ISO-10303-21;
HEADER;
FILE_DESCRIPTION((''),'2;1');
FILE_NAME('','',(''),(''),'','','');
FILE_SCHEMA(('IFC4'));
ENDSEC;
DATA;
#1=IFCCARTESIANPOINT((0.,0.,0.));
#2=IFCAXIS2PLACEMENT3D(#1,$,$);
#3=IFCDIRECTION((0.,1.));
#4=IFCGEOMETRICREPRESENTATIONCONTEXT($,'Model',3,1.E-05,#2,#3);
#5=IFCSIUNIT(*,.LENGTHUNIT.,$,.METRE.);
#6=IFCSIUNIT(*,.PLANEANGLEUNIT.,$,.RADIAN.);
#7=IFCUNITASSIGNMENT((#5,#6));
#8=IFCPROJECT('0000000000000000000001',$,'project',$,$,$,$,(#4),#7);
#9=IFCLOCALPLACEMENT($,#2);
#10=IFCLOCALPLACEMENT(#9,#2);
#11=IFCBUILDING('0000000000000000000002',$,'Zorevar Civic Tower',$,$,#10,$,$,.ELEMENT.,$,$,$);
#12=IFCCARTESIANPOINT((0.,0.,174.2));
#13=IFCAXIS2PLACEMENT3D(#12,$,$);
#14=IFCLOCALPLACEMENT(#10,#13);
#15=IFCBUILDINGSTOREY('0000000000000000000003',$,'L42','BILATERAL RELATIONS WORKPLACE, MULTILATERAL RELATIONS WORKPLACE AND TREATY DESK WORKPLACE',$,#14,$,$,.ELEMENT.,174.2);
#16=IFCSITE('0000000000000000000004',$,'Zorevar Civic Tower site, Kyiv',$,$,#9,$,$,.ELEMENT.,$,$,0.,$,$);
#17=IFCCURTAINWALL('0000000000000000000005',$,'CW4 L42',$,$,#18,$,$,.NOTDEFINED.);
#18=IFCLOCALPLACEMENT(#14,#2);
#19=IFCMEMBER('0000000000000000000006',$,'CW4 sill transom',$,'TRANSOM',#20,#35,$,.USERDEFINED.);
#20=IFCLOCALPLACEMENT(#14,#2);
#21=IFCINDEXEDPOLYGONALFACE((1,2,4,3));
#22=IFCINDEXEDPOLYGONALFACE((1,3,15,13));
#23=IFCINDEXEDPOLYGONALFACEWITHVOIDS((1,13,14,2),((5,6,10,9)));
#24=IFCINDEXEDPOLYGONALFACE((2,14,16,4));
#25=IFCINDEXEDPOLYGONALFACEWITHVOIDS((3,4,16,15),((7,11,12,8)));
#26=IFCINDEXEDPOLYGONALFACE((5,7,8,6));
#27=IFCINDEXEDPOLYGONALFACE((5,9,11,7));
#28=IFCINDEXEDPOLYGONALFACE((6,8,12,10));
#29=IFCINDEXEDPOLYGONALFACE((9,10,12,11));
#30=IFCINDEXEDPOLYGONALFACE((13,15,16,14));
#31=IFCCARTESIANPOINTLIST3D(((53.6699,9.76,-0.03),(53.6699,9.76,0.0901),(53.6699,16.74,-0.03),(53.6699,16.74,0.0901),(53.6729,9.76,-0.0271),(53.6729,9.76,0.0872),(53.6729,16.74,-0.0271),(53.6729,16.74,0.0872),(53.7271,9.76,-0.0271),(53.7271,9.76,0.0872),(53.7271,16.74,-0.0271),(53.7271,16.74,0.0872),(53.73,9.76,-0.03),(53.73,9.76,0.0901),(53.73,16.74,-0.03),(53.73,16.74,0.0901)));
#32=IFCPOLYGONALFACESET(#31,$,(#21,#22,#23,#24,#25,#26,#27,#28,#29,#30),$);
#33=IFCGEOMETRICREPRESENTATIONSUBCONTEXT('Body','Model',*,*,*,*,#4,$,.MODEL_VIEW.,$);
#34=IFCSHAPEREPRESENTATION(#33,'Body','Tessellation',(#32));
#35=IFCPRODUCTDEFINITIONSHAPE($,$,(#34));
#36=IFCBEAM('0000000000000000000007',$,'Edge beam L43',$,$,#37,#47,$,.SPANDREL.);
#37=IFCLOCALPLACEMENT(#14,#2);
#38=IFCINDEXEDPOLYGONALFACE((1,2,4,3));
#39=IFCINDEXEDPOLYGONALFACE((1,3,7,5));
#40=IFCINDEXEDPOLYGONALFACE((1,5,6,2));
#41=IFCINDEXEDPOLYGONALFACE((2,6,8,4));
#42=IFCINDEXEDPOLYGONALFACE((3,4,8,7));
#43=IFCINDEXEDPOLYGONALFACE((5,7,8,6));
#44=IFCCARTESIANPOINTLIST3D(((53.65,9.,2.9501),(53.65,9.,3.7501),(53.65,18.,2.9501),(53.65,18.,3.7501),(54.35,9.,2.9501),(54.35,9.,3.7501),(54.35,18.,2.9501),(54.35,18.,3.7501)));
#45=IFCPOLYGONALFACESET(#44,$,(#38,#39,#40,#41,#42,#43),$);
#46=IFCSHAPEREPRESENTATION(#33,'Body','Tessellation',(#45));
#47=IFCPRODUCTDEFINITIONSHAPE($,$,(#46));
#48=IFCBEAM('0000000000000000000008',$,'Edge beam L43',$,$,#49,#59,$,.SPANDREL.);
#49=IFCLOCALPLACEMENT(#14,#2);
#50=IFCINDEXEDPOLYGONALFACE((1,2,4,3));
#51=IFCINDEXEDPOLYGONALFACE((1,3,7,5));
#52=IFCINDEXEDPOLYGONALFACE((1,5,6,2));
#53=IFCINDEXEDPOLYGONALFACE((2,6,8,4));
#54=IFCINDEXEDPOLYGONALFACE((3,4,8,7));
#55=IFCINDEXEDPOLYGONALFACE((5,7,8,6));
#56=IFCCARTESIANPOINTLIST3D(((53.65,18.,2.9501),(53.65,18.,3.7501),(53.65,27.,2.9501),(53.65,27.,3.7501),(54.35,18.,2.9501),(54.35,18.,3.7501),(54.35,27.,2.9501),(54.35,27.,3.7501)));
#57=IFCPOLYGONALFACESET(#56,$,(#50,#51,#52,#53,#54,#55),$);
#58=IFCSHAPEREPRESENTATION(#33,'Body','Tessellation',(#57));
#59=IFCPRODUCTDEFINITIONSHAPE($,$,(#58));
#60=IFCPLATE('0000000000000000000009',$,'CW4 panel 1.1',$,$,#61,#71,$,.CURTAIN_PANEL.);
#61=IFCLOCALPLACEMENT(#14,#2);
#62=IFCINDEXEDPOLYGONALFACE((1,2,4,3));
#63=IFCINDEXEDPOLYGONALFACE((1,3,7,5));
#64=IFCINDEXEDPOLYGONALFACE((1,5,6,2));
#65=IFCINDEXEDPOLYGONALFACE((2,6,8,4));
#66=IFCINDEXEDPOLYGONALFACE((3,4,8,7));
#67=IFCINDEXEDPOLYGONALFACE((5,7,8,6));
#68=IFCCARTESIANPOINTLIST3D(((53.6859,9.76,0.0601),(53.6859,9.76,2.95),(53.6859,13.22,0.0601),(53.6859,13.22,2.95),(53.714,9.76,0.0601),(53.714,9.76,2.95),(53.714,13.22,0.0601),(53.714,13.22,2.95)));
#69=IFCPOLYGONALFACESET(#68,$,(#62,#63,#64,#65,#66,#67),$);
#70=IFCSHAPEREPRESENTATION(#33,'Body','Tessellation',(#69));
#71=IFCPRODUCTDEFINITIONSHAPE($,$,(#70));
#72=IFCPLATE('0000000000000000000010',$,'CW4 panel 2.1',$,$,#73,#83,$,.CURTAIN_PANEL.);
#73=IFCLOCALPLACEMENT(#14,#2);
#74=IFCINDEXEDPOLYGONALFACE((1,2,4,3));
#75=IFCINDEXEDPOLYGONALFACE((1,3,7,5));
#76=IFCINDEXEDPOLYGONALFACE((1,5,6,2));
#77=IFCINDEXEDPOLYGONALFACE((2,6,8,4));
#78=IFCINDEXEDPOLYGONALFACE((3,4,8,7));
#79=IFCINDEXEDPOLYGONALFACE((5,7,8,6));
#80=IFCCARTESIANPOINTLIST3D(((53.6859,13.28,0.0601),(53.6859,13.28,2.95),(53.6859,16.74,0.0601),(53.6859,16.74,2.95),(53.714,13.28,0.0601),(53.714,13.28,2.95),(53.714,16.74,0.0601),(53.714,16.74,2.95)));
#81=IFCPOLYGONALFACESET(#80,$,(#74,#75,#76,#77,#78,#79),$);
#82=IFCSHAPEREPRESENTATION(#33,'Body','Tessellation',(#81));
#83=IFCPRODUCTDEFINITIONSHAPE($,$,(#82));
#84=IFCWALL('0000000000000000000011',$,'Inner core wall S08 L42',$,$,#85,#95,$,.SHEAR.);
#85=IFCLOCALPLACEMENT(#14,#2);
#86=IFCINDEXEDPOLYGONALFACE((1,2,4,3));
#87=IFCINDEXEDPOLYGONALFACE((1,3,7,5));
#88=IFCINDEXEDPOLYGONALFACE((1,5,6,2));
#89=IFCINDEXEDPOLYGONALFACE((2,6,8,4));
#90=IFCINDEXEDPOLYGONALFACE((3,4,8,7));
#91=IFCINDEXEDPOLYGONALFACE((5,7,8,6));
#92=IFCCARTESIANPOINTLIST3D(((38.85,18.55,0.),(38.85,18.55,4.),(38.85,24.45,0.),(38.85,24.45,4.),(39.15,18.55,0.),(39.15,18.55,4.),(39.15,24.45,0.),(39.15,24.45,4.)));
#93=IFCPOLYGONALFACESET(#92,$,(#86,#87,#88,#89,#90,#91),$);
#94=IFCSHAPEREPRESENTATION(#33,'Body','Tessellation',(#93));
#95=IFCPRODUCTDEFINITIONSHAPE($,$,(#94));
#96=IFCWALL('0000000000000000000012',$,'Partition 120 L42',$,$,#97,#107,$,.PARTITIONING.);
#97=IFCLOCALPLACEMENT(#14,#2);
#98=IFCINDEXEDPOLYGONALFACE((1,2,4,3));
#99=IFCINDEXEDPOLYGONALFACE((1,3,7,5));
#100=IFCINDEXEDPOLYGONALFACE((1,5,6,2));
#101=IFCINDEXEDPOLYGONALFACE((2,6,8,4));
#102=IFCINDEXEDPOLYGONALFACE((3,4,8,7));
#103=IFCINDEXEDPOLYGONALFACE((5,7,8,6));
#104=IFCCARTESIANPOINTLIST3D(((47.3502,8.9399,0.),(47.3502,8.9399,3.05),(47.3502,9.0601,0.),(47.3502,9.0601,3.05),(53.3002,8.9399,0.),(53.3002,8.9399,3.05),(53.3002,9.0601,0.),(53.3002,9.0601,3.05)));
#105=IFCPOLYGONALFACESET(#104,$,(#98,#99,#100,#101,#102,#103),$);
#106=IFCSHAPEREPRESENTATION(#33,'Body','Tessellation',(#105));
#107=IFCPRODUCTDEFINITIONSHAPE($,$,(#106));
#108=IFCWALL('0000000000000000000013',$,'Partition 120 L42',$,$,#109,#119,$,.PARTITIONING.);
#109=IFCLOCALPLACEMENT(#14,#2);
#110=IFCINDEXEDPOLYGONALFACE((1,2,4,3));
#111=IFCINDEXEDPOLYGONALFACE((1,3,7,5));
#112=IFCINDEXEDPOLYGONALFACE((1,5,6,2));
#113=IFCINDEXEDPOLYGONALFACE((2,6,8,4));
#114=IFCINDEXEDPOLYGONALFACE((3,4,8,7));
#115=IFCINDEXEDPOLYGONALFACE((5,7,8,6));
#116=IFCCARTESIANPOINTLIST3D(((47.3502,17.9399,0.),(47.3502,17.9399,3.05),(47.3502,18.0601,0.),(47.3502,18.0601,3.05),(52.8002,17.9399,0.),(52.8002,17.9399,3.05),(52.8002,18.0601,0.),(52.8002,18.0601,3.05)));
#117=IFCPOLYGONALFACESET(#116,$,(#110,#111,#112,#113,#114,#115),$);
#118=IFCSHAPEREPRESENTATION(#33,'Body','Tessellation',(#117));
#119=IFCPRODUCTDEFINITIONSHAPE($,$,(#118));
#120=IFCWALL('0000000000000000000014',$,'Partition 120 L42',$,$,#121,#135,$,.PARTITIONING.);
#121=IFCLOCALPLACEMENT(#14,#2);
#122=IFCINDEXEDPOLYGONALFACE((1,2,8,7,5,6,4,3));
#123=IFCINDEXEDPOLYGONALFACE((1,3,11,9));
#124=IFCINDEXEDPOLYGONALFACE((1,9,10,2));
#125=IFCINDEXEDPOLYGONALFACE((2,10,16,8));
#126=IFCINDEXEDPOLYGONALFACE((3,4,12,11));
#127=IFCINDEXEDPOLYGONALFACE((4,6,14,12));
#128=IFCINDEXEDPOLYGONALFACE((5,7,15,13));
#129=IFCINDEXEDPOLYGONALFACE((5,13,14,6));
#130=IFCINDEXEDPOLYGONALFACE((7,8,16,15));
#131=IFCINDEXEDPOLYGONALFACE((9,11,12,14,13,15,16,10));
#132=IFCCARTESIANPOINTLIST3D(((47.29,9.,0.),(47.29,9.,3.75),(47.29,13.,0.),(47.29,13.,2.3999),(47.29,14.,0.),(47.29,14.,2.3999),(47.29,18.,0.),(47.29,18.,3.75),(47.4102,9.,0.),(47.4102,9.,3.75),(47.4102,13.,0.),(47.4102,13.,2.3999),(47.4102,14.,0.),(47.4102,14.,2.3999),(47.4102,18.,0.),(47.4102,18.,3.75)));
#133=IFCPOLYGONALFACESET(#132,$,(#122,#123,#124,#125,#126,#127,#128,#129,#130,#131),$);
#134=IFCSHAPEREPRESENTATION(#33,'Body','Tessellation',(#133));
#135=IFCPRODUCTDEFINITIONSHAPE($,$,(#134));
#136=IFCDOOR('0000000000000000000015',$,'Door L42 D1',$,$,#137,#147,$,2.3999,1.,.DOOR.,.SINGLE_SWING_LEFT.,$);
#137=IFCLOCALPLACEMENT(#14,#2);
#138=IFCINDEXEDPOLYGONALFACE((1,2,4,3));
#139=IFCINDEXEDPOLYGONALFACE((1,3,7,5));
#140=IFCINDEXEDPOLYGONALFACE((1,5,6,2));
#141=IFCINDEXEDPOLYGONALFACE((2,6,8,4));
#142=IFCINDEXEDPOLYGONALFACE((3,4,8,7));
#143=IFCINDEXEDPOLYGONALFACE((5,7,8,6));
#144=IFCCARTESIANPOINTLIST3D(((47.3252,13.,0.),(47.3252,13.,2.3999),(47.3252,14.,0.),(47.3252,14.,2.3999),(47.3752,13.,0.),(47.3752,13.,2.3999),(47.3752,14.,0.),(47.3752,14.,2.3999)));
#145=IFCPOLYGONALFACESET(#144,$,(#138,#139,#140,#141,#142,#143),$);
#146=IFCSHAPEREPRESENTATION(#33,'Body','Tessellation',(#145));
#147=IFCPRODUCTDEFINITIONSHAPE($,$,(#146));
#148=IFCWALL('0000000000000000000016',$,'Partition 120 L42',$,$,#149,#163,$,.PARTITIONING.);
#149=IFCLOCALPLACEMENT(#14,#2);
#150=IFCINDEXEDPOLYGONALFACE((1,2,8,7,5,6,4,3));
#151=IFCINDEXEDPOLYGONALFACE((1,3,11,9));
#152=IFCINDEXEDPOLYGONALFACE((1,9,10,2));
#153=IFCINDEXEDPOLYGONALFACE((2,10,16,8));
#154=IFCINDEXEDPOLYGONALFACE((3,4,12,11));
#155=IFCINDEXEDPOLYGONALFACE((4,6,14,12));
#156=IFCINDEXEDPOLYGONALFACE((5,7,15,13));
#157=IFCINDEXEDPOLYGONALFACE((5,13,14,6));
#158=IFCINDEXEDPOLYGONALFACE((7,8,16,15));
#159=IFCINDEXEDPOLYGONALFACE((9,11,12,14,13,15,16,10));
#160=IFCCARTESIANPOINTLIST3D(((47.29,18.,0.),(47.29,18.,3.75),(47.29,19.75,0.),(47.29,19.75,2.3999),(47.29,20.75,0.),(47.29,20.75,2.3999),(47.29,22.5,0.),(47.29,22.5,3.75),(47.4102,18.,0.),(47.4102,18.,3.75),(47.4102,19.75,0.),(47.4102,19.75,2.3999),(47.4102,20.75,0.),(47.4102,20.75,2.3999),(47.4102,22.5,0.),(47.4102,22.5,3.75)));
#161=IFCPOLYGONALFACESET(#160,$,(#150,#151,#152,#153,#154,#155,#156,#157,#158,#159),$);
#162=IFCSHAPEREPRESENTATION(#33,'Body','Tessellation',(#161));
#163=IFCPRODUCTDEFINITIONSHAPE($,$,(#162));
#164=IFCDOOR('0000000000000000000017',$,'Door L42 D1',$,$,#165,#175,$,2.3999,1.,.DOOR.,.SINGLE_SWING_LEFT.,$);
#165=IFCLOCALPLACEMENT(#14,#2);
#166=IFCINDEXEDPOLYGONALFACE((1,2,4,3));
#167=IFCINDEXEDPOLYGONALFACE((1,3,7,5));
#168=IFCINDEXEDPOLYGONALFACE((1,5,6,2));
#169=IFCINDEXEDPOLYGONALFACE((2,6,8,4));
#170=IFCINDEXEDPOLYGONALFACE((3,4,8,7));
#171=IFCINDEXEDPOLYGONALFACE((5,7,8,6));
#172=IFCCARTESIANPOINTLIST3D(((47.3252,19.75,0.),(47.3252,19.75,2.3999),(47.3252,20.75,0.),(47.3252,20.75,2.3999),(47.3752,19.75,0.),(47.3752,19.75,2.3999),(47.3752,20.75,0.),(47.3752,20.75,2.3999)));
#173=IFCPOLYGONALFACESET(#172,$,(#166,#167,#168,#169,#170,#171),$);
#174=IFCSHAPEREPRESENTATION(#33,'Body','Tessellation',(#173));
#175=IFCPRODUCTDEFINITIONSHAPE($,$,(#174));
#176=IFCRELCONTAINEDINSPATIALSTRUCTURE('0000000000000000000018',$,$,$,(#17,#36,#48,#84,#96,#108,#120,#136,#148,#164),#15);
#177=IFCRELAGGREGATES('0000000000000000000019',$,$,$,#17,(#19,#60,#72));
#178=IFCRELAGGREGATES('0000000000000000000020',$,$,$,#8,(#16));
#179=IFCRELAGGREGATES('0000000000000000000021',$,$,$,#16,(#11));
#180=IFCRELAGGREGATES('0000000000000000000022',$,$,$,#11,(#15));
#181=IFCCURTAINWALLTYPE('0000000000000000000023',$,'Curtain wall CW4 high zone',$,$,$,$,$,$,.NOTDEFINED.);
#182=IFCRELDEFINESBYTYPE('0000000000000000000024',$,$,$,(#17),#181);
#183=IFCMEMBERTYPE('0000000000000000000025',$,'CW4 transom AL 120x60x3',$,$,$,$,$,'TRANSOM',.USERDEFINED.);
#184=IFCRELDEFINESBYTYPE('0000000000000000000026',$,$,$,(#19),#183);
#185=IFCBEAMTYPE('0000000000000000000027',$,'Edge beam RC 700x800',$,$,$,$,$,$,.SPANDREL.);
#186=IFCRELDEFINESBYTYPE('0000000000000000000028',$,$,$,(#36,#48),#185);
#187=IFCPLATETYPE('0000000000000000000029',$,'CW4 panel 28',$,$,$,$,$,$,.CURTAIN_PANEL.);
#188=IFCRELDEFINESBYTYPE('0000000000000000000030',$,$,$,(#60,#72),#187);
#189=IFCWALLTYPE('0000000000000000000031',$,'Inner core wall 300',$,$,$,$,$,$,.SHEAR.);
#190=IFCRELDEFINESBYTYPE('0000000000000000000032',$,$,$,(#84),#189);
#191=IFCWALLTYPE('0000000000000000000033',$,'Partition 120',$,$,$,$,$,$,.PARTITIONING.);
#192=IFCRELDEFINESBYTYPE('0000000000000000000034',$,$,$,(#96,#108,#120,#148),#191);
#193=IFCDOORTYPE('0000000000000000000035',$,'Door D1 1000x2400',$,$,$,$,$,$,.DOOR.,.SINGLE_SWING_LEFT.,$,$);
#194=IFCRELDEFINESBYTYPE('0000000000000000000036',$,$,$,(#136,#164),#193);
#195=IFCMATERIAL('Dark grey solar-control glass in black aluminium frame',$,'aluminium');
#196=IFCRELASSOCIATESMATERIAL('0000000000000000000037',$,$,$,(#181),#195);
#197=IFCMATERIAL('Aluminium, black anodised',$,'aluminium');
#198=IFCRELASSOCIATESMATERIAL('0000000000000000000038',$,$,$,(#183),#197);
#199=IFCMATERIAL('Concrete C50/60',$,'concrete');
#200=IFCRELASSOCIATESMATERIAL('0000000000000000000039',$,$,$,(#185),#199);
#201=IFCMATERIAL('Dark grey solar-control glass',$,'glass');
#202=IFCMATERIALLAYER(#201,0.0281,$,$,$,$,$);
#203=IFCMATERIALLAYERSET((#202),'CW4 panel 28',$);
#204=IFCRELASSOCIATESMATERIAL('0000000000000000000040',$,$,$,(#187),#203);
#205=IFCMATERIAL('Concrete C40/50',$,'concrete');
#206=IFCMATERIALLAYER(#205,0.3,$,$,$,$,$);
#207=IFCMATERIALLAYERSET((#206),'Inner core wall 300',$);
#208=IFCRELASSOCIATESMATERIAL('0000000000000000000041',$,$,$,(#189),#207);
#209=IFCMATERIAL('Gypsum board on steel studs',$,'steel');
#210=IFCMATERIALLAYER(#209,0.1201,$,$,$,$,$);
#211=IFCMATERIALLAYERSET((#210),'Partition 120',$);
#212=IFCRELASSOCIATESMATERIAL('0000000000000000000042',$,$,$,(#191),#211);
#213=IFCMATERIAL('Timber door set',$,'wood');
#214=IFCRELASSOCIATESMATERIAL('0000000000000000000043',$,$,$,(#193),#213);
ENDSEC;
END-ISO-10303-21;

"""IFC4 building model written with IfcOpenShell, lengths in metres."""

from ifc_helpers import new_model, si_unit, direction, frame, frame_2d, origin, origin_2d, place, context, subcontext, project, spatial, rectangle, hollow_rectangle, extrude, material, layer, layer_set, material_profile, profile_set, type_object, element, fill, aggregate, save


model = new_model("IFC4")

# Units and contexts
model_context = context("Model", 3, precision=1e-05, world=origin(), true_north=direction((0.0, 1.0)))
body_context = subcontext(model_context, "Body", "Model", "MODEL_VIEW")
ifc_project = project(units=[si_unit("LENGTHUNIT", "METRE"), si_unit("PLANEANGLEUNIT", "RADIAN")], contexts=[model_context])

# Site, building, storey
site_placement = place(None, origin())
site = spatial("IfcSite", under=ifc_project, at=site_placement, Name="Zorevar Civic Tower site, Kyiv", CompositionType="ELEMENT", RefElevation=0.0)
building_placement = place(site_placement, origin())
building = spatial("IfcBuilding", under=site, at=building_placement, Name="Zorevar Civic Tower", CompositionType="ELEMENT")
storey_placement = place(building_placement, frame((0.0, 0.0, 174.2)))
storey = spatial("IfcBuildingStorey", under=building, at=storey_placement, Name="L42", Description="BILATERAL RELATIONS WORKPLACE, MULTILATERAL RELATIONS WORKPLACE AND TREATY DESK WORKPLACE", CompositionType="ELEMENT", Elevation=174.2)

# Curtain wall
ifc_material_1 = material(Name="Dark grey solar-control glass in black aluminium frame", Category="aluminium")
curtain_wall_type = type_object("IfcCurtainWallType", Name="Curtain wall CW4 high zone", PredefinedType="NOTDEFINED", material=ifc_material_1)
curtain_wall_1_placement = place(storey_placement, origin())
curtain_wall_1 = element("IfcCurtainWall", 1, at=curtain_wall_1_placement, inside=storey, type_object=curtain_wall_type, Name="CW4 L42", PredefinedType="NOTDEFINED")

# Member
ifc_material_2 = material(Name="Aluminium, black anodised", Category="aluminium")
ifc_material_profile_1 = material_profile(ifc_material_2, hollow_rectangle(XDim=0.0601, YDim=0.1201, WallThickness=0.0029, at=origin_2d()), Name="AL 120x60x3")
ifc_profile_set_1 = profile_set([ifc_material_profile_1], Name="Aluminium, black anodised")
member_type_1 = type_object("IfcMemberType", Name="CW4 transom AL 120x60x3", ElementType="TRANSOM", PredefinedType="USERDEFINED", material=ifc_profile_set_1)
member_1_placement = place(storey_placement, frame((53.7, 9.76, 0.03), z_axis=(0.0, 1.0, 0.0), x_axis=(-1.0, 0.0, 0.0)))
member_1 = element("IfcMember", 2, at=member_1_placement, type_object=member_type_1, Name="CW4 sill transom", ObjectType="TRANSOM", PredefinedType="USERDEFINED", context=body_context, shape_type="SweptSolid", body=[
    extrude(hollow_rectangle(XDim=0.0601, YDim=0.1201, WallThickness=0.0029, at=origin_2d()), origin(), (0.0, 0.0, 1.0), 6.98),
])

# Beams
ifc_material_3 = material(Name="Concrete C50/60", Category="concrete")
ifc_material_profile_2 = material_profile(ifc_material_3, rectangle(XDim=0.7, YDim=0.8, at=origin_2d()), Name="RC 700x800")
ifc_profile_set_2 = profile_set([ifc_material_profile_2], Name="Concrete C50/60")
beam_type_1 = type_object("IfcBeamType", Name="Edge beam RC 700x800", PredefinedType="SPANDREL", material=ifc_profile_set_2)
for number, where, z_axis, x_axis, name in (
    (3, (54.0, 9.0, 3.3501), (0.0, 1.0, 0.0), (-1.0, 0.0, 0.0), "Edge beam L43"),
    (4, (54.0, 18.0, 3.3501), (0.0, 1.0, 0.0), (-1.0, 0.0, 0.0), "Edge beam L43"),
):
    element("IfcBeam", number, at=place(storey_placement, frame(where, z_axis=z_axis, x_axis=x_axis)), inside=storey, type_object=beam_type_1, Name=name, PredefinedType="SPANDREL", context=body_context, shape_type="SweptSolid", body=[
        extrude(rectangle(XDim=0.7, YDim=0.8, at=origin_2d()), origin(), (0.0, 0.0, 1.0), 9.0),
    ])

# Plates
ifc_material_4 = material(Name="Dark grey solar-control glass", Category="glass")
ifc_layer_1 = layer(ifc_material_4, 0.0281)
ifc_layer_set_1 = layer_set([ifc_layer_1], Name="CW4 panel 28")
plate_type = type_object("IfcPlateType", Name="CW4 panel 28", PredefinedType="CURTAIN_PANEL", material=ifc_layer_set_1)
plate_1_placement = place(storey_placement, frame((53.7, 11.49, 0.0601), z_axis=(0.0, 0.0, 1.0), x_axis=(0.0, 1.0, 0.0)))
plate_1 = element("IfcPlate", 5, at=plate_1_placement, type_object=plate_type, Name="CW4 panel 1.1", PredefinedType="CURTAIN_PANEL", context=body_context, shape_type="SweptSolid", body=[
    extrude(rectangle(XDim=3.46, YDim=0.0281, at=origin_2d()), origin(), (0.0, 0.0, 1.0), 2.8899),
])
plate_2_placement = place(storey_placement, frame((53.7, 15.01, 0.0601), z_axis=(0.0, 0.0, 1.0), x_axis=(0.0, 1.0, 0.0)))
plate_2 = element("IfcPlate", 6, at=plate_2_placement, type_object=plate_type, Name="CW4 panel 2.1", PredefinedType="CURTAIN_PANEL", context=body_context, shape_type="SweptSolid", body=[
    extrude(rectangle(XDim=3.46, YDim=0.0281, at=origin_2d()), origin(), (0.0, 0.0, 1.0), 2.8899),
])
aggregate(curtain_wall_1, [member_1, plate_1, plate_2])

# Walls
ifc_material_5 = material(Name="Concrete C40/50", Category="concrete")
ifc_layer_2 = layer(ifc_material_5, 0.3)
ifc_layer_set_2 = layer_set([ifc_layer_2], Name="Inner core wall 300")
wall_type_1 = type_object("IfcWallType", Name="Inner core wall 300", PredefinedType="SHEAR", material=ifc_layer_set_2)
wall_1_placement = place(storey_placement, frame((39.0, 18.55, 0.0), z_axis=(0.0, 0.0, 1.0), x_axis=(0.0, 1.0, 0.0)))
element("IfcWall", 7, at=wall_1_placement, inside=storey, type_object=wall_type_1, Name="Inner core wall S08 L42", PredefinedType="SHEAR", context=body_context, shape_type="SweptSolid", body=[
    extrude(rectangle(XDim=5.8999, YDim=0.3, at=frame_2d((2.95, 0.0))), origin(), (0.0, 0.0, 1.0), 4.0),
])
ifc_material_6 = material(Name="Gypsum board on steel studs", Category="steel")
ifc_layer_3 = layer(ifc_material_6, 0.1201)
ifc_layer_set_3 = layer_set([ifc_layer_3], Name="Partition 120")
wall_type_2 = type_object("IfcWallType", Name="Partition 120", PredefinedType="PARTITIONING", material=ifc_layer_set_3)
wall_2_placement = place(storey_placement, frame((47.3501, 9.0, 0.0), z_axis=(0.0, 0.0, 1.0), x_axis=(1.0, 0.0, 0.0)))
element("IfcWall", 8, at=wall_2_placement, inside=storey, type_object=wall_type_2, Name="Partition 120 L42", PredefinedType="PARTITIONING", context=body_context, shape_type="SweptSolid", body=[
    extrude(rectangle(XDim=5.95, YDim=0.1201, at=frame_2d((2.9751, 0.0))), origin(), (0.0, 0.0, 1.0), 3.05),
])
wall_3_placement = place(storey_placement, frame((47.3501, 18.0, 0.0), z_axis=(0.0, 0.0, 1.0), x_axis=(1.0, 0.0, 0.0)))
element("IfcWall", 9, at=wall_3_placement, inside=storey, type_object=wall_type_2, Name="Partition 120 L42", PredefinedType="PARTITIONING", context=body_context, shape_type="SweptSolid", body=[
    extrude(rectangle(XDim=5.45, YDim=0.1201, at=frame_2d((2.7251, 0.0))), origin(), (0.0, 0.0, 1.0), 3.05),
])

# Walls, openings, doors
wall_4_placement = place(storey_placement, frame((47.3501, 9.0, 0.0), z_axis=(0.0, 0.0, 1.0), x_axis=(0.0, 1.0, 0.0)))
wall_4 = element("IfcWall", 10, at=wall_4_placement, inside=storey, type_object=wall_type_2, Name="Partition 120 L42", PredefinedType="PARTITIONING", context=body_context, shape_type="SweptSolid", body=[
    extrude(rectangle(XDim=9.0, YDim=0.1201, at=frame_2d((4.5, 0.0))), origin(), (0.0, 0.0, 1.0), 3.75),
])
opening_1_placement = place(wall_4_placement, frame((4.0, 0.0, 0.0)))
opening_1 = element("IfcOpeningElement", 11, at=opening_1_placement, cuts=wall_4, PredefinedType="OPENING", context=body_context, shape_type="SweptSolid", body=[
    extrude(rectangle(XDim=1.0, YDim=2.3999, at=frame_2d((0.5, 1.2))), frame((0.0, 0.0701, 0.0), z_axis=(0.0, -1.0, 0.0), x_axis=(1.0, 0.0, 0.0)), (0.0, 0.0, 1.0), 0.1401),
])
ifc_material_7 = material(Name="Timber door set", Category="wood")
door_type_1 = type_object("IfcDoorType", Name="Door D1 1000x2400", OperationType="SINGLE_SWING_LEFT", PredefinedType="DOOR", material=ifc_material_7)
door_1_placement = place(opening_1_placement, origin())
door_1 = element("IfcDoor", 12, at=door_1_placement, inside=storey, type_object=door_type_1, Name="Door L42 D1", OperationType="SINGLE_SWING_LEFT", OverallHeight=2.3999, OverallWidth=1.0, PredefinedType="DOOR", context=body_context, shape_type="SweptSolid", body=[
    extrude(rectangle(XDim=1.0, YDim=2.3999, at=frame_2d((0.5, 1.2))), frame((0.0, 0.0249, 0.0), z_axis=(0.0, -1.0, 0.0), x_axis=(1.0, 0.0, 0.0)), (0.0, 0.0, 1.0), 0.05),
])
fill(opening_1, door_1)
wall_5_placement = place(storey_placement, frame((47.3501, 18.0, 0.0), z_axis=(0.0, 0.0, 1.0), x_axis=(0.0, 1.0, 0.0)))
wall_5 = element("IfcWall", 13, at=wall_5_placement, inside=storey, type_object=wall_type_2, Name="Partition 120 L42", PredefinedType="PARTITIONING", context=body_context, shape_type="SweptSolid", body=[
    extrude(rectangle(XDim=4.5, YDim=0.1201, at=frame_2d((2.25, 0.0))), origin(), (0.0, 0.0, 1.0), 3.75),
])
opening_2_placement = place(wall_5_placement, frame((1.75, 0.0, 0.0)))
opening_2 = element("IfcOpeningElement", 14, at=opening_2_placement, cuts=wall_5, PredefinedType="OPENING", context=body_context, shape_type="SweptSolid", body=[
    extrude(rectangle(XDim=1.0, YDim=2.3999, at=frame_2d((0.5, 1.2))), frame((0.0, 0.0701, 0.0), z_axis=(0.0, -1.0, 0.0), x_axis=(1.0, 0.0, 0.0)), (0.0, 0.0, 1.0), 0.1401),
])
door_2_placement = place(opening_2_placement, origin())
door_2 = element("IfcDoor", 15, at=door_2_placement, inside=storey, type_object=door_type_1, Name="Door L42 D1", OperationType="SINGLE_SWING_LEFT", OverallHeight=2.3999, OverallWidth=1.0, PredefinedType="DOOR", context=body_context, shape_type="SweptSolid", body=[
    extrude(rectangle(XDim=1.0, YDim=2.3999, at=frame_2d((0.5, 1.2))), frame((0.0, 0.0249, 0.0), z_axis=(0.0, -1.0, 0.0), x_axis=(1.0, 0.0, 0.0)), (0.0, 0.0, 1.0), 0.05),
])
fill(opening_2, door_2)

save(model, "model.ifc")
